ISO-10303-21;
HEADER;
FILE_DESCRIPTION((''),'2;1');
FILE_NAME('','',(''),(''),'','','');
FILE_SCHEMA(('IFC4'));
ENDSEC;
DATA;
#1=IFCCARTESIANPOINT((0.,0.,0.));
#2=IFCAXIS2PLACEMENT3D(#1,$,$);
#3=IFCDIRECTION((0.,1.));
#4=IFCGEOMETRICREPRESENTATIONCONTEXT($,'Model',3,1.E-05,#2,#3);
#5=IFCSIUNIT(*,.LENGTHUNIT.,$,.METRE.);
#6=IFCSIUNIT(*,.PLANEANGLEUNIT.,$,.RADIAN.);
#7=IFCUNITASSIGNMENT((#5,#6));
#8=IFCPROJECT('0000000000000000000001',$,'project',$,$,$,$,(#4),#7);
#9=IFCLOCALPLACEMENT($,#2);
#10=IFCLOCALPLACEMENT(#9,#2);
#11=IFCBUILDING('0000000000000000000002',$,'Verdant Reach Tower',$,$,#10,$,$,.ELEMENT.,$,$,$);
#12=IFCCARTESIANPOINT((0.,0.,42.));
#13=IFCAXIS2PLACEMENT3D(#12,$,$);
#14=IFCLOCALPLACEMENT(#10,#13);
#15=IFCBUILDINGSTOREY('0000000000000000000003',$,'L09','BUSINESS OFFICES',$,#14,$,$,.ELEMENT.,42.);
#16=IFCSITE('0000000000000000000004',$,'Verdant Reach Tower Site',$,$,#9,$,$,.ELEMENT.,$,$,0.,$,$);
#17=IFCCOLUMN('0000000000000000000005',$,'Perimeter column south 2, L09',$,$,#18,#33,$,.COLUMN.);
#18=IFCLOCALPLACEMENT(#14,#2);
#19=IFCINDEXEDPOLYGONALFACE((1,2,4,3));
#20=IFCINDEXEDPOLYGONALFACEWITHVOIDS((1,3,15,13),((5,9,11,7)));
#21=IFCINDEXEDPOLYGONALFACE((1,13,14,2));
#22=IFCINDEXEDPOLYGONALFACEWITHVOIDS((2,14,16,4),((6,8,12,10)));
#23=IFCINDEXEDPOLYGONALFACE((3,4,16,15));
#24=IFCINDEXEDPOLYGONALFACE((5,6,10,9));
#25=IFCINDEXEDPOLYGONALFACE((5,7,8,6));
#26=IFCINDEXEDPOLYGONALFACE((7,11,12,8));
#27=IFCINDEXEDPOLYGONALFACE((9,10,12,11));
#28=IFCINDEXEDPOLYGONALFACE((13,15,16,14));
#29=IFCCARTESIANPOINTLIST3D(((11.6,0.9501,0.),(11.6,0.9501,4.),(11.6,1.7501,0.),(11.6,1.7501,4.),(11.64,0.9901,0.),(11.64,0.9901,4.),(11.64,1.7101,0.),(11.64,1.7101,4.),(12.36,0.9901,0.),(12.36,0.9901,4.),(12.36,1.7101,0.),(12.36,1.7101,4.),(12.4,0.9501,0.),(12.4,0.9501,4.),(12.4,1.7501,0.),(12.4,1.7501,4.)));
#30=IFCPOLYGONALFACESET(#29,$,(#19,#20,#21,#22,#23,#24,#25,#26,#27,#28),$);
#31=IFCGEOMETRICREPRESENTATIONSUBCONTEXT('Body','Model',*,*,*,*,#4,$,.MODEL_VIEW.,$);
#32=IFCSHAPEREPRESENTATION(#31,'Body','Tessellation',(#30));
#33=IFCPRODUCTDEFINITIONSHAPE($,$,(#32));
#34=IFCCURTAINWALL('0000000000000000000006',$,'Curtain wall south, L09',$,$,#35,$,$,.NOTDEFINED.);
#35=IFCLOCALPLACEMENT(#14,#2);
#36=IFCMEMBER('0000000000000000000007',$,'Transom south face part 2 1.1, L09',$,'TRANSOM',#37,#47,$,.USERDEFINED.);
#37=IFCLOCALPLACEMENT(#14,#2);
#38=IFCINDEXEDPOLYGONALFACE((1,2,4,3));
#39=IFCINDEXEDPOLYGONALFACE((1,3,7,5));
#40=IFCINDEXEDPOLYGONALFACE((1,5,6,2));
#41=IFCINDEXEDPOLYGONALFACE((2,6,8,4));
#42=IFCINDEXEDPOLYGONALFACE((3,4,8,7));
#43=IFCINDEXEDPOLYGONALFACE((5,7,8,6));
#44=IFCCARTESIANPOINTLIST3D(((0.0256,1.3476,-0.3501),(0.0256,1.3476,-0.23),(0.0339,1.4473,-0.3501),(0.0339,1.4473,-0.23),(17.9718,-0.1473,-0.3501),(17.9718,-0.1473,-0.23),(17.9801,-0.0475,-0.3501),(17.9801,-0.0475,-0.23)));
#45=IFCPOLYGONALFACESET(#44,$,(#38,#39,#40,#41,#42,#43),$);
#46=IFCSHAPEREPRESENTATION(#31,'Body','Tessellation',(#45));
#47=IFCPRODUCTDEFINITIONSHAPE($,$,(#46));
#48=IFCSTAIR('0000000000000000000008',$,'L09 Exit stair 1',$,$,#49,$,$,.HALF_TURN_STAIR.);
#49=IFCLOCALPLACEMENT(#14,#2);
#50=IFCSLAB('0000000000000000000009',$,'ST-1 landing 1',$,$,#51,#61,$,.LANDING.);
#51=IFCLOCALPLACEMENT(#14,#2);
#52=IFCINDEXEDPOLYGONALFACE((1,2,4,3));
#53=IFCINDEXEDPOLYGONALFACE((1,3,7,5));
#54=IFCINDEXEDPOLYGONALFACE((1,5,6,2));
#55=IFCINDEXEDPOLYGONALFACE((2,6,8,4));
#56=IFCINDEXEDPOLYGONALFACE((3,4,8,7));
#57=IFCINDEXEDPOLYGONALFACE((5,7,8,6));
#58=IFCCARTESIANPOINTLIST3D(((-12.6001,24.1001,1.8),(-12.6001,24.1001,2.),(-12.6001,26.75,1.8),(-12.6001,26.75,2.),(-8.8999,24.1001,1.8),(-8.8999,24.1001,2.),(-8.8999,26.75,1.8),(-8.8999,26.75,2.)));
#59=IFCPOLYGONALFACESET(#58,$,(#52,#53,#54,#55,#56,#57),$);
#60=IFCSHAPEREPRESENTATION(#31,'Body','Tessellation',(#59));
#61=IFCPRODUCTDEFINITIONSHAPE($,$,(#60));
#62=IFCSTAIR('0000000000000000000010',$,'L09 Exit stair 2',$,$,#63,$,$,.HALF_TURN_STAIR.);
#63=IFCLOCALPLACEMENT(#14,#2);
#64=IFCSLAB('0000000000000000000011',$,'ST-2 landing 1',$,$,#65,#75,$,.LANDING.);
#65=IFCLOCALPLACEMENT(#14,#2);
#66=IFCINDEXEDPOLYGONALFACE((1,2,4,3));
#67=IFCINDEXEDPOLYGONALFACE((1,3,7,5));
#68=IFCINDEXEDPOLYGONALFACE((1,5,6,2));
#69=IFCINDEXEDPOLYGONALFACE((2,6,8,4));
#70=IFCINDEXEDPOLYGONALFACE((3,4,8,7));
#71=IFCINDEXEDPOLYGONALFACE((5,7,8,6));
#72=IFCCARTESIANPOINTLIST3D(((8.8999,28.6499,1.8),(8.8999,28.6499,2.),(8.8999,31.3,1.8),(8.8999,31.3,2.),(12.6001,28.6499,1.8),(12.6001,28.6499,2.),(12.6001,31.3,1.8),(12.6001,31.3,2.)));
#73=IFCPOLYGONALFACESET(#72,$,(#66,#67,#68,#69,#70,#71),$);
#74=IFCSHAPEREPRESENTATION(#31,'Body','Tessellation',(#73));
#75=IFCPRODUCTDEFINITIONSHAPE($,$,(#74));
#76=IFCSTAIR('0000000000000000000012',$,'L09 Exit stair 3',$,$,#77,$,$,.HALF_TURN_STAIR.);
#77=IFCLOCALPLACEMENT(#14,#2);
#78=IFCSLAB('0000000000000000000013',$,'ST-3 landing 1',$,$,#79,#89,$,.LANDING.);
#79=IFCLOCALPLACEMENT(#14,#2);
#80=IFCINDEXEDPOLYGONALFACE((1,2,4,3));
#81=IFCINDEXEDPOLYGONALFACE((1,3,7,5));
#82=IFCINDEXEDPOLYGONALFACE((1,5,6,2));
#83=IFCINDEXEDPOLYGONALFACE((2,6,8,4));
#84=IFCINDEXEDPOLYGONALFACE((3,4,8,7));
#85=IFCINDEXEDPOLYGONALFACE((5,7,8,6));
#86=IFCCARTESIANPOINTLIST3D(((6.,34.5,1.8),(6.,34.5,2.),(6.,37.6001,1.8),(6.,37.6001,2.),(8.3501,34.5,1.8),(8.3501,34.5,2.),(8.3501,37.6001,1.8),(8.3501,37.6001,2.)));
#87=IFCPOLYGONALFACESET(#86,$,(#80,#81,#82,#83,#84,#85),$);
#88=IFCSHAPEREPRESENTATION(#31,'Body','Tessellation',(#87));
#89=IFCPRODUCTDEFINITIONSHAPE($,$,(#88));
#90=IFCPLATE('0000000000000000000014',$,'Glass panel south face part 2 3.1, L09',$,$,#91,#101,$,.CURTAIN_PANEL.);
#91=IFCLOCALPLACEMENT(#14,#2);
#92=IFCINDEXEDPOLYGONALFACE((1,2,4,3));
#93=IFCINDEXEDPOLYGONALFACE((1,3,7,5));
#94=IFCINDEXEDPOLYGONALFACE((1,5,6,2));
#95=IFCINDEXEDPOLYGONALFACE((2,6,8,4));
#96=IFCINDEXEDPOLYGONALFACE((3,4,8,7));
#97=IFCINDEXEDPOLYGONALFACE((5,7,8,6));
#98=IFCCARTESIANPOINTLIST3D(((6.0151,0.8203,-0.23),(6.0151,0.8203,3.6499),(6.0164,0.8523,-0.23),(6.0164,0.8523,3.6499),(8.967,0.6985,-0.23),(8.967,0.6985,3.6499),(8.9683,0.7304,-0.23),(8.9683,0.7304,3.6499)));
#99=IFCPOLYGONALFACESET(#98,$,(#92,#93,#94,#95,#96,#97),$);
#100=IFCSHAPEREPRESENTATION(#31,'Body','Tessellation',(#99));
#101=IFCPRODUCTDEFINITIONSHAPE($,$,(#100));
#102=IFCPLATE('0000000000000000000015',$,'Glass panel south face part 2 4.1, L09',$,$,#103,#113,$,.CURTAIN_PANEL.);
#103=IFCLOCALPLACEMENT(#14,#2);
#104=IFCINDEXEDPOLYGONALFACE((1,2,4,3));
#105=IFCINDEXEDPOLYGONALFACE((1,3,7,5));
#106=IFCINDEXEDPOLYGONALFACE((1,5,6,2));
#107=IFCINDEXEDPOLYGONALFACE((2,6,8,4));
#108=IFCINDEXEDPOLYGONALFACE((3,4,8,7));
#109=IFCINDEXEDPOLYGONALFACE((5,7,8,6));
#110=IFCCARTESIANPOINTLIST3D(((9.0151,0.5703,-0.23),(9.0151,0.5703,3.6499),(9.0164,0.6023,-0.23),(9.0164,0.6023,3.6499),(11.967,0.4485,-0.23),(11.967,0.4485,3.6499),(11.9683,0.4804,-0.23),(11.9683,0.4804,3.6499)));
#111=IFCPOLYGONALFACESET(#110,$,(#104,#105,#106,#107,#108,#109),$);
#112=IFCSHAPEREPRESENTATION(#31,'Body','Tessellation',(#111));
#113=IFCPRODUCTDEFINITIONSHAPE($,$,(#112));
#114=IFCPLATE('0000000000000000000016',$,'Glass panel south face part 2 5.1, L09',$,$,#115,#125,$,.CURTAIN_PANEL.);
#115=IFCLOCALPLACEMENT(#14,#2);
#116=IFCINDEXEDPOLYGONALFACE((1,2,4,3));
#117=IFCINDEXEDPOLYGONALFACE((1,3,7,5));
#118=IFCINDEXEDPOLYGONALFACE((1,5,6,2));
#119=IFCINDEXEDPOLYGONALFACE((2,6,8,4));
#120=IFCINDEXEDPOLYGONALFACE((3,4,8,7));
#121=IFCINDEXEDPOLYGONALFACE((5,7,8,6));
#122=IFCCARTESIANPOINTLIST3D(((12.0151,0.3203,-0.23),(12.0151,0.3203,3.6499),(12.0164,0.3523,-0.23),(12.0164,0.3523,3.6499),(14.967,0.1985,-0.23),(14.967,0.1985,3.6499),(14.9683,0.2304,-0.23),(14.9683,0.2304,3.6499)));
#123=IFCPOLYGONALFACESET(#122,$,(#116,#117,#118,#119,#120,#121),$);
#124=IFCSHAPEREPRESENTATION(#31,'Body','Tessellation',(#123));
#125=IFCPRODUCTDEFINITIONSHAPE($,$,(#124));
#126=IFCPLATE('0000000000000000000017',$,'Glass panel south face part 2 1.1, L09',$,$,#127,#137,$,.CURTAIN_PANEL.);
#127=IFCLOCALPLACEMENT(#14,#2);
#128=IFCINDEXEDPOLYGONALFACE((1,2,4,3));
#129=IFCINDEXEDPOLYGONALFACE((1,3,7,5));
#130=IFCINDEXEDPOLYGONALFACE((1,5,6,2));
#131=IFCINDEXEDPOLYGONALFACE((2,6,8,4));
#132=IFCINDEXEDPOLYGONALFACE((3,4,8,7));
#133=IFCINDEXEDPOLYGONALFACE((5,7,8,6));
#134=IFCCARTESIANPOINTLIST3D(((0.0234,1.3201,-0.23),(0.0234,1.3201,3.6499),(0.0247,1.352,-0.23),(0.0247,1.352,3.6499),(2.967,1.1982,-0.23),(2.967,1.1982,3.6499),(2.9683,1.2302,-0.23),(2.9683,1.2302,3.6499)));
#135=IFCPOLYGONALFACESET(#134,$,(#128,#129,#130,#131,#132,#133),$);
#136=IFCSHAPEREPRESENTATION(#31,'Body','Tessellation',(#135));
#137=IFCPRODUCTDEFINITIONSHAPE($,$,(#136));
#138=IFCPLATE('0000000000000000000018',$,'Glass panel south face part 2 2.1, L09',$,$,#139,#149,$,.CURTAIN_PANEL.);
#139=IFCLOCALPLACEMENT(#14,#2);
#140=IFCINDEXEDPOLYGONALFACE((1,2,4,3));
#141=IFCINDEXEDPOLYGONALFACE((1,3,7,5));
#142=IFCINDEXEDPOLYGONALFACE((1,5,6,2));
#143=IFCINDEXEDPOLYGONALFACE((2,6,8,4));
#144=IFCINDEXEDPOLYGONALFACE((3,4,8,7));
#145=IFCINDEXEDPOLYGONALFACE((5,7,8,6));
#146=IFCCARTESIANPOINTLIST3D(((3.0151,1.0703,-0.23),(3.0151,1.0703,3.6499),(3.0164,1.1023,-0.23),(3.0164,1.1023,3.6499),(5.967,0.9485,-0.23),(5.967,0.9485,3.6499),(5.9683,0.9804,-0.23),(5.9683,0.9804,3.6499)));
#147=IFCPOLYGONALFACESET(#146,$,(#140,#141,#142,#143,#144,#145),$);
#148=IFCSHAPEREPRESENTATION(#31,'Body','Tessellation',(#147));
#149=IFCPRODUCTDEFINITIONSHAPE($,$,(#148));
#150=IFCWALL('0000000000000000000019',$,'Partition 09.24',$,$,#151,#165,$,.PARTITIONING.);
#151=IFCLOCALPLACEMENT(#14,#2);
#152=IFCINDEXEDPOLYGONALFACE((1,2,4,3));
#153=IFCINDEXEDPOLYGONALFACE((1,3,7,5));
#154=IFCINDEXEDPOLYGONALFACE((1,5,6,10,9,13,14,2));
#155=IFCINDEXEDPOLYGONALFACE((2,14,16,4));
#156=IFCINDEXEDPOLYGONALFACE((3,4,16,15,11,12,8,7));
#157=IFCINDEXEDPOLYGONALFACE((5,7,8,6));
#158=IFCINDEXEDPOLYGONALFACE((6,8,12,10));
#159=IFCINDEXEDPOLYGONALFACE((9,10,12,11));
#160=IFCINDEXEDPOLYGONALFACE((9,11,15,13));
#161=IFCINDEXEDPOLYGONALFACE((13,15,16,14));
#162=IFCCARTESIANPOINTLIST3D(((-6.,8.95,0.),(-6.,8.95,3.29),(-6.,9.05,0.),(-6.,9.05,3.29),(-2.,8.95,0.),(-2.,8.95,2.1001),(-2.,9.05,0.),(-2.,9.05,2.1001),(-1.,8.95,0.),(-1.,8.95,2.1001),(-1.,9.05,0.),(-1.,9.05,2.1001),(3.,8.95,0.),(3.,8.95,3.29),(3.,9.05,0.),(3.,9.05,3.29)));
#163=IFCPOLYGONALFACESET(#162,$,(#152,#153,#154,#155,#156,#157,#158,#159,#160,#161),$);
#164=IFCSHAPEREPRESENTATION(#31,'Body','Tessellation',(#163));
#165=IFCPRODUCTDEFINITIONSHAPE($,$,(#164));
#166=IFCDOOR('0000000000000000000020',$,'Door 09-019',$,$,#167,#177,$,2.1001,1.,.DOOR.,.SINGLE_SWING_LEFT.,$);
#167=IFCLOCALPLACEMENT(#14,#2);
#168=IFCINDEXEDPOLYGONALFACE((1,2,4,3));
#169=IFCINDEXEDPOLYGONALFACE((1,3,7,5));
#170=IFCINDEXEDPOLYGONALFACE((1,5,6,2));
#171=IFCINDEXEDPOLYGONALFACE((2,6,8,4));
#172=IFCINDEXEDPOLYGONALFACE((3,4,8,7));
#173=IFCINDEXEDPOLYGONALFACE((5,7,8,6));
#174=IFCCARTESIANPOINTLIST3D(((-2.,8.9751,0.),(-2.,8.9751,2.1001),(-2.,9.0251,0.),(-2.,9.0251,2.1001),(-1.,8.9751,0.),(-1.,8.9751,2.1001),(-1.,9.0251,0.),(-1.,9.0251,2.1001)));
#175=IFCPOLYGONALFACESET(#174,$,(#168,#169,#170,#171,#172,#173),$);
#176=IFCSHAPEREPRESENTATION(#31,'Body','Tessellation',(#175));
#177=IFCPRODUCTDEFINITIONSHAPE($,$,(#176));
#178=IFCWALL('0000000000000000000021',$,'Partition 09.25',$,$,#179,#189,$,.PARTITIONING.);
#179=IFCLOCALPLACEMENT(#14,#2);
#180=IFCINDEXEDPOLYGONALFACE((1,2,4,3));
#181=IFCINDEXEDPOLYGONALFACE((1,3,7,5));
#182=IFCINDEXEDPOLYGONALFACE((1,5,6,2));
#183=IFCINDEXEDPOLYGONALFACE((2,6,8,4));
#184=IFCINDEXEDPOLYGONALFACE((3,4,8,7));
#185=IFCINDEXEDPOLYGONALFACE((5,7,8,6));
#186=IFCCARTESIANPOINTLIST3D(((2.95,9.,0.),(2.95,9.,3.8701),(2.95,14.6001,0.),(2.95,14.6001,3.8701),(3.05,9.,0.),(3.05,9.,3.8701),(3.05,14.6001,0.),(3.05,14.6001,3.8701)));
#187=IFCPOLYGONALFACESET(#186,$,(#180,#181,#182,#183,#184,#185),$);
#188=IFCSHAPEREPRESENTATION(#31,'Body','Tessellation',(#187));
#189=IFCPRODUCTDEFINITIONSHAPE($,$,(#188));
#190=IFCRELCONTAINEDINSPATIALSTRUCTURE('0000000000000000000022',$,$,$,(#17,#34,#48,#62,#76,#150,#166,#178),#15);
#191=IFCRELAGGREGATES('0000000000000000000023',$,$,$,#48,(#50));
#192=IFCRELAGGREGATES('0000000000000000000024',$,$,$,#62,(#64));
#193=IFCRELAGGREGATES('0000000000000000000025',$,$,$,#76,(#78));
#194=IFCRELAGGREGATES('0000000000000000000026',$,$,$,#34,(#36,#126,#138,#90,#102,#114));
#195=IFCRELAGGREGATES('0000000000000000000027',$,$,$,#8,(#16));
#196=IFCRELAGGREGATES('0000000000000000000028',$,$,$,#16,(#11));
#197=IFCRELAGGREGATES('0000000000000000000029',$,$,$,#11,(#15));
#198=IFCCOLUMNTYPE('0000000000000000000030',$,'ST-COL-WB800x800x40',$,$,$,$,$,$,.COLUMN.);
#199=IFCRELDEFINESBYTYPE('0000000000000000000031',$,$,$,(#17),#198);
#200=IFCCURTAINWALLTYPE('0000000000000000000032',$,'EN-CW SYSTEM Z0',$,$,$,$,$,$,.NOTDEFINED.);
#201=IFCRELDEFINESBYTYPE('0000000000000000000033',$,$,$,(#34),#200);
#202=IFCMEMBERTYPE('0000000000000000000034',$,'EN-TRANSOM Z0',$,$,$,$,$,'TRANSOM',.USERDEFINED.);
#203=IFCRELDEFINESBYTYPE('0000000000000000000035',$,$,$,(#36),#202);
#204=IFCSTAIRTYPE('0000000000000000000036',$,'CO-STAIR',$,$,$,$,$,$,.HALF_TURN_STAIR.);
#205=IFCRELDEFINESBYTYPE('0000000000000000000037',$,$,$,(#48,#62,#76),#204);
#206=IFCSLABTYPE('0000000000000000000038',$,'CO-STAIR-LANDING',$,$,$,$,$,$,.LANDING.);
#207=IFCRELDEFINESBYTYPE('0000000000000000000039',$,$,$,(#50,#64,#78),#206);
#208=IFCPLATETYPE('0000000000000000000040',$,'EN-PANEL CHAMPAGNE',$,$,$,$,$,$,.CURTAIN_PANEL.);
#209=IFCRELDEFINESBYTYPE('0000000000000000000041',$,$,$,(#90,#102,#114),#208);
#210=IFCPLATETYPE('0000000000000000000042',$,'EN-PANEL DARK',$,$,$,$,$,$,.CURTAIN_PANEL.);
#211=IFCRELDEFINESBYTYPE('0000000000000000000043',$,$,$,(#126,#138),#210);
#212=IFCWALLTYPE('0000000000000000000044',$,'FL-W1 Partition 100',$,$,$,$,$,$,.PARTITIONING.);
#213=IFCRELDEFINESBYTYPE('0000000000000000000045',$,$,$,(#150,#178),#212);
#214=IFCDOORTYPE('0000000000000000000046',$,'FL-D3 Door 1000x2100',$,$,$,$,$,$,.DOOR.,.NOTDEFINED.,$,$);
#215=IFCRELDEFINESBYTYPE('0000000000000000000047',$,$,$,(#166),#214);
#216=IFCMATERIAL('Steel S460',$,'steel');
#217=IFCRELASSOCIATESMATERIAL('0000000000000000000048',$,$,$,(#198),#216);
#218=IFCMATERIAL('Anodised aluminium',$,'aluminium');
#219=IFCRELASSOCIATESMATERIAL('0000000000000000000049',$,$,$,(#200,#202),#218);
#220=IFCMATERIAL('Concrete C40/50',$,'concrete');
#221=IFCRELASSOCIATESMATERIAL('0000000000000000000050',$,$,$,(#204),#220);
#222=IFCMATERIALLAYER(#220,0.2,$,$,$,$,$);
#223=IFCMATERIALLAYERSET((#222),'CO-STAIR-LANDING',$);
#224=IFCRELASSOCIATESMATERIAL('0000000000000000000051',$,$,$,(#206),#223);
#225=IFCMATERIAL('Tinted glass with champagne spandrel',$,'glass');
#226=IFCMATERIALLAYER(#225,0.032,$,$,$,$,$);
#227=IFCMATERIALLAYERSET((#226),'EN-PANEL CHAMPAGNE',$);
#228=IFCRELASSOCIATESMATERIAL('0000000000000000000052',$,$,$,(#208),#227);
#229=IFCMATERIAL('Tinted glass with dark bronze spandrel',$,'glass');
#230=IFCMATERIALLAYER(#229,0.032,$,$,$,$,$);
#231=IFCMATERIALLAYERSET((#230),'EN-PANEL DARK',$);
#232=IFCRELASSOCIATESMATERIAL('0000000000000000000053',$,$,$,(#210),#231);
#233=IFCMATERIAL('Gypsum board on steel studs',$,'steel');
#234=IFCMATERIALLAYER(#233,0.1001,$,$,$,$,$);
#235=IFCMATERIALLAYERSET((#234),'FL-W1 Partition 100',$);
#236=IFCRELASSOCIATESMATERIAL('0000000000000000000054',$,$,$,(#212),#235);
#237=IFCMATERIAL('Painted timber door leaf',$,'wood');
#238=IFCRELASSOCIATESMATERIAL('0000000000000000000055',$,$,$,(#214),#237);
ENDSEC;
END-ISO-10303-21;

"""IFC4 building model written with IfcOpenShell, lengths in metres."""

from ifc_helpers import new_model, si_unit, direction, frame, frame_2d, origin, origin_2d, place, context, subcontext, project, spatial, polyline, rectangle, hollow_rectangle, outline, extrude, material, layer, layer_set, material_profile, profile_set, type_object, element, fill, aggregate, save


model = new_model("IFC4")

# Units and contexts
model_context = context("Model", 3, precision=1e-05, world=origin(), true_north=direction((0.0, 1.0)))
body_context = subcontext(model_context, "Body", "Model", "MODEL_VIEW")
ifc_project = project(units=[si_unit("LENGTHUNIT", "METRE"), si_unit("PLANEANGLEUNIT", "RADIAN")], contexts=[model_context])

# Site, building, storey
site_placement = place(None, origin())
site = spatial("IfcSite", under=ifc_project, at=site_placement, Name="Verdant Reach Tower Site", CompositionType="ELEMENT", RefElevation=0.0)
building_placement = place(site_placement, origin())
building = spatial("IfcBuilding", under=site, at=building_placement, Name="Verdant Reach Tower", CompositionType="ELEMENT")
storey_placement = place(building_placement, frame((0.0, 0.0, 42.0)))
storey = spatial("IfcBuildingStorey", under=building, at=storey_placement, Name="L09", Description="BUSINESS OFFICES", CompositionType="ELEMENT", Elevation=42.0)

# Column
ifc_material_1 = material(Name="Steel S460", Category="steel")
ifc_material_profile_1 = material_profile(ifc_material_1, hollow_rectangle(XDim=0.8, YDim=0.8, WallThickness=0.04, at=origin_2d()), Name="WB 800x800x40")
ifc_profile_set_1 = profile_set([ifc_material_profile_1], Name="Steel S460")
column_type = type_object("IfcColumnType", Name="ST-COL-WB800x800x40", PredefinedType="COLUMN", material=ifc_profile_set_1)
column_placement = place(storey_placement, frame((12.0, 1.3501, 0.0), z_axis=(0.0, 0.0, 1.0), x_axis=(1.0, 0.0, 0.0)))
element("IfcColumn", 1, at=column_placement, inside=storey, type_object=column_type, Name="Perimeter column south 2, L09", PredefinedType="COLUMN", context=body_context, shape_type="SweptSolid", body=[
    extrude(hollow_rectangle(XDim=0.8, YDim=0.8, WallThickness=0.04, at=origin_2d()), origin(), (0.0, 0.0, 1.0), 4.0),
])

# Curtain wall, member
ifc_material_2 = material(Name="Anodised aluminium", Category="aluminium")
curtain_wall_type = type_object("IfcCurtainWallType", Name="EN-CW SYSTEM Z0", PredefinedType="NOTDEFINED", material=ifc_material_2)
curtain_wall_placement = place(storey_placement, origin())
curtain_wall = element("IfcCurtainWall", 2, at=curtain_wall_placement, inside=storey, type_object=curtain_wall_type, Name="Curtain wall south, L09", PredefinedType="NOTDEFINED")
ifc_material_profile_2 = material_profile(ifc_material_2, rectangle(XDim=0.1001, YDim=0.1201, at=origin_2d()), Name="Transom 120x100")
ifc_profile_set_2 = profile_set([ifc_material_profile_2], Name="Anodised aluminium")
member_type = type_object("IfcMemberType", Name="EN-TRANSOM Z0", ElementType="TRANSOM", PredefinedType="USERDEFINED", material=ifc_profile_set_2)
member_placement = place(storey_placement, frame((0.0298, 1.3975, -0.29), z_axis=(0.996549, -0.083011, 0.0), x_axis=(0.083011, 0.996549, 0.0)))
member = element("IfcMember", 3, at=member_placement, type_object=member_type, Name="Transom south face part 2 1.1, L09", ObjectType="TRANSOM", PredefinedType="USERDEFINED", context=body_context, shape_type="SweptSolid", body=[
    extrude(rectangle(XDim=0.1001, YDim=0.1201, at=origin_2d()), origin(), (0.0, 0.0, 1.0), 18.0083),
])

# Stairs, slabs
ifc_material_3 = material(Name="Concrete C40/50", Category="concrete")
stair_type = type_object("IfcStairType", Name="CO-STAIR", PredefinedType="HALF_TURN_STAIR", material=ifc_material_3)
stair_1_placement = place(storey_placement, origin())
stair_1 = element("IfcStair", 4, at=stair_1_placement, inside=storey, type_object=stair_type, Name="L09 Exit stair 1", PredefinedType="HALF_TURN_STAIR")
ifc_layer_1 = layer(ifc_material_3, 0.2)
ifc_layer_set_1 = layer_set([ifc_layer_1], Name="CO-STAIR-LANDING")
slab_type = type_object("IfcSlabType", Name="CO-STAIR-LANDING", PredefinedType="LANDING", material=ifc_layer_set_1)
slab_1_placement = place(storey_placement, frame((0.0, 0.0, 1.8)))
slab_1 = element("IfcSlab", 5, at=slab_1_placement, type_object=slab_type, Name="ST-1 landing 1", PredefinedType="LANDING", context=body_context, shape_type="SweptSolid", body=[
    extrude(outline(polyline([(-12.6001, 26.75), (-12.6001, 24.1001), (-8.8999, 24.1001), (-8.8999, 26.75), (-12.6001, 26.75)])), origin(), (0.0, 0.0, 1.0), 0.2),
])
aggregate(stair_1, [slab_1])
stair_2_placement = place(storey_placement, origin())
stair_2 = element("IfcStair", 6, at=stair_2_placement, inside=storey, type_object=stair_type, Name="L09 Exit stair 2", PredefinedType="HALF_TURN_STAIR")
slab_2_placement = place(storey_placement, frame((0.0, 0.0, 1.8)))
slab_2 = element("IfcSlab", 7, at=slab_2_placement, type_object=slab_type, Name="ST-2 landing 1", PredefinedType="LANDING", context=body_context, shape_type="SweptSolid", body=[
    extrude(outline(polyline([(12.6001, 28.6499), (12.6001, 31.3), (8.8999, 31.3), (8.8999, 28.6499), (12.6001, 28.6499)])), origin(), (0.0, 0.0, 1.0), 0.2),
])
aggregate(stair_2, [slab_2])
stair_3_placement = place(storey_placement, origin())
stair_3 = element("IfcStair", 8, at=stair_3_placement, inside=storey, type_object=stair_type, Name="L09 Exit stair 3", PredefinedType="HALF_TURN_STAIR")
slab_3_placement = place(storey_placement, frame((0.0, 0.0, 1.8)))
slab_3 = element("IfcSlab", 9, at=slab_3_placement, type_object=slab_type, Name="ST-3 landing 1", PredefinedType="LANDING", context=body_context, shape_type="SweptSolid", body=[
    extrude(outline(polyline([(8.3501, 37.6001), (6.0, 37.6001), (6.0, 34.5), (8.3501, 34.5), (8.3501, 37.6001)])), origin(), (0.0, 0.0, 1.0), 0.2),
])
aggregate(stair_3, [slab_3])

# Plates
ifc_material_4 = material(Name="Tinted glass with champagne spandrel", Category="glass")
ifc_layer_2 = layer(ifc_material_4, 0.032)
ifc_layer_set_2 = layer_set([ifc_layer_2], Name="EN-PANEL CHAMPAGNE")
plate_type_1 = type_object("IfcPlateType", Name="EN-PANEL CHAMPAGNE", PredefinedType="CURTAIN_PANEL", material=ifc_layer_set_2)
plate_1_placement = place(storey_placement, frame((7.4917, 0.7754, -0.23), z_axis=(0.0, 0.0, 1.0), x_axis=(0.999149, -0.041242, 0.0)))
plate_1 = element("IfcPlate", 10, at=plate_1_placement, type_object=plate_type_1, Name="Glass panel south face part 2 3.1, L09", PredefinedType="CURTAIN_PANEL", context=body_context, shape_type="SweptSolid", body=[
    extrude(rectangle(XDim=2.9543, YDim=0.032, at=origin_2d()), origin(), (0.0, 0.0, 1.0), 3.8799),
])
plate_2_placement = place(storey_placement, frame((10.4917, 0.5254, -0.23), z_axis=(0.0, 0.0, 1.0), x_axis=(0.999149, -0.041242, 0.0)))
plate_2 = element("IfcPlate", 11, at=plate_2_placement, type_object=plate_type_1, Name="Glass panel south face part 2 4.1, L09", PredefinedType="CURTAIN_PANEL", context=body_context, shape_type="SweptSolid", body=[
    extrude(rectangle(XDim=2.9543, YDim=0.032, at=origin_2d()), origin(), (0.0, 0.0, 1.0), 3.8799),
])
plate_3_placement = place(storey_placement, frame((13.4917, 0.2754, -0.23), z_axis=(0.0, 0.0, 1.0), x_axis=(0.999149, -0.041242, 0.0)))
plate_3 = element("IfcPlate", 12, at=plate_3_placement, type_object=plate_type_1, Name="Glass panel south face part 2 5.1, L09", PredefinedType="CURTAIN_PANEL", context=body_context, shape_type="SweptSolid", body=[
    extrude(rectangle(XDim=2.9543, YDim=0.032, at=origin_2d()), origin(), (0.0, 0.0, 1.0), 3.8799),
])
ifc_material_5 = material(Name="Tinted glass with dark bronze spandrel", Category="glass")
ifc_layer_3 = layer(ifc_material_5, 0.032)
ifc_layer_set_3 = layer_set([ifc_layer_3], Name="EN-PANEL DARK")
plate_type_2 = type_object("IfcPlateType", Name="EN-PANEL DARK", PredefinedType="CURTAIN_PANEL", material=ifc_layer_set_3)
plate_4_placement = place(storey_placement, frame((1.4958, 1.2751, -0.23), z_axis=(0.0, 0.0, 1.0), x_axis=(0.999144, -0.041357, 0.0)))
plate_4 = element("IfcPlate", 13, at=plate_4_placement, type_object=plate_type_2, Name="Glass panel south face part 2 1.1, L09", PredefinedType="CURTAIN_PANEL", context=body_context, shape_type="SweptSolid", body=[
    extrude(rectangle(XDim=2.946, YDim=0.032, at=origin_2d()), origin(), (0.0, 0.0, 1.0), 3.8799),
])
plate_5_placement = place(storey_placement, frame((4.4917, 1.0254, -0.23), z_axis=(0.0, 0.0, 1.0), x_axis=(0.999149, -0.041242, 0.0)))
plate_5 = element("IfcPlate", 14, at=plate_5_placement, type_object=plate_type_2, Name="Glass panel south face part 2 2.1, L09", PredefinedType="CURTAIN_PANEL", context=body_context, shape_type="SweptSolid", body=[
    extrude(rectangle(XDim=2.9543, YDim=0.032, at=origin_2d()), origin(), (0.0, 0.0, 1.0), 3.8799),
])
aggregate(curtain_wall, [member, plate_4, plate_5, plate_1, plate_2, plate_3])

# Wall, opening, door
ifc_material_6 = material(Name="Gypsum board on steel studs", Category="steel")
ifc_layer_4 = layer(ifc_material_6, 0.1001)
ifc_layer_set_4 = layer_set([ifc_layer_4], Name="FL-W1 Partition 100")
wall_type = type_object("IfcWallType", Name="FL-W1 Partition 100", PredefinedType="PARTITIONING", material=ifc_layer_set_4)
wall_1_placement = place(storey_placement, frame((3.0, 9.0, 0.0), z_axis=(0.0, 0.0, 1.0), x_axis=(-1.0, 0.0, 0.0)))
wall_1 = element("IfcWall", 15, at=wall_1_placement, inside=storey, type_object=wall_type, Name="Partition 09.24", PredefinedType="PARTITIONING", context=body_context, shape_type="SweptSolid", body=[
    extrude(rectangle(XDim=9.0, YDim=0.1001, at=frame_2d((4.5, 0.0))), origin(), (0.0, 0.0, 1.0), 3.29),
])
opening_placement = place(wall_1_placement, frame((4.0, 0.0, 0.0)))
opening = element("IfcOpeningElement", 16, at=opening_placement, cuts=wall_1, PredefinedType="OPENING", context=body_context, shape_type="SweptSolid", body=[
    extrude(rectangle(XDim=1.0, YDim=2.1001, at=frame_2d((0.5, 1.05))), frame((0.0, 0.0601, 0.0), z_axis=(0.0, -1.0, 0.0), x_axis=(1.0, 0.0, 0.0)), (0.0, 0.0, 1.0), 0.1201),
])
ifc_material_7 = material(Name="Painted timber door leaf", Category="wood")
door_type = type_object("IfcDoorType", Name="FL-D3 Door 1000x2100", OperationType="NOTDEFINED", PredefinedType="DOOR", material=ifc_material_7)
door_placement = place(opening_placement, origin())
door = element("IfcDoor", 17, at=door_placement, inside=storey, type_object=door_type, Name="Door 09-019", OperationType="SINGLE_SWING_LEFT", OverallHeight=2.1001, OverallWidth=1.0, PredefinedType="DOOR", context=body_context, shape_type="SweptSolid", body=[
    extrude(rectangle(XDim=1.0, YDim=2.1001, at=frame_2d((0.5, 1.05))), frame((0.0, 0.0249, 0.0), z_axis=(0.0, -1.0, 0.0), x_axis=(1.0, 0.0, 0.0)), (0.0, 0.0, 1.0), 0.05),
])
fill(opening, door)

# Wall
wall_2_placement = place(storey_placement, frame((3.0, 9.0, 0.0), z_axis=(0.0, 0.0, 1.0), x_axis=(0.0, 1.0, 0.0)))
element("IfcWall", 18, at=wall_2_placement, inside=storey, type_object=wall_type, Name="Partition 09.25", PredefinedType="PARTITIONING", context=body_context, shape_type="SweptSolid", body=[
    extrude(rectangle(XDim=5.6001, YDim=0.1001, at=frame_2d((2.8, 0.0))), origin(), (0.0, 0.0, 1.0), 3.8701),
])

save(model, "model.ifc")
